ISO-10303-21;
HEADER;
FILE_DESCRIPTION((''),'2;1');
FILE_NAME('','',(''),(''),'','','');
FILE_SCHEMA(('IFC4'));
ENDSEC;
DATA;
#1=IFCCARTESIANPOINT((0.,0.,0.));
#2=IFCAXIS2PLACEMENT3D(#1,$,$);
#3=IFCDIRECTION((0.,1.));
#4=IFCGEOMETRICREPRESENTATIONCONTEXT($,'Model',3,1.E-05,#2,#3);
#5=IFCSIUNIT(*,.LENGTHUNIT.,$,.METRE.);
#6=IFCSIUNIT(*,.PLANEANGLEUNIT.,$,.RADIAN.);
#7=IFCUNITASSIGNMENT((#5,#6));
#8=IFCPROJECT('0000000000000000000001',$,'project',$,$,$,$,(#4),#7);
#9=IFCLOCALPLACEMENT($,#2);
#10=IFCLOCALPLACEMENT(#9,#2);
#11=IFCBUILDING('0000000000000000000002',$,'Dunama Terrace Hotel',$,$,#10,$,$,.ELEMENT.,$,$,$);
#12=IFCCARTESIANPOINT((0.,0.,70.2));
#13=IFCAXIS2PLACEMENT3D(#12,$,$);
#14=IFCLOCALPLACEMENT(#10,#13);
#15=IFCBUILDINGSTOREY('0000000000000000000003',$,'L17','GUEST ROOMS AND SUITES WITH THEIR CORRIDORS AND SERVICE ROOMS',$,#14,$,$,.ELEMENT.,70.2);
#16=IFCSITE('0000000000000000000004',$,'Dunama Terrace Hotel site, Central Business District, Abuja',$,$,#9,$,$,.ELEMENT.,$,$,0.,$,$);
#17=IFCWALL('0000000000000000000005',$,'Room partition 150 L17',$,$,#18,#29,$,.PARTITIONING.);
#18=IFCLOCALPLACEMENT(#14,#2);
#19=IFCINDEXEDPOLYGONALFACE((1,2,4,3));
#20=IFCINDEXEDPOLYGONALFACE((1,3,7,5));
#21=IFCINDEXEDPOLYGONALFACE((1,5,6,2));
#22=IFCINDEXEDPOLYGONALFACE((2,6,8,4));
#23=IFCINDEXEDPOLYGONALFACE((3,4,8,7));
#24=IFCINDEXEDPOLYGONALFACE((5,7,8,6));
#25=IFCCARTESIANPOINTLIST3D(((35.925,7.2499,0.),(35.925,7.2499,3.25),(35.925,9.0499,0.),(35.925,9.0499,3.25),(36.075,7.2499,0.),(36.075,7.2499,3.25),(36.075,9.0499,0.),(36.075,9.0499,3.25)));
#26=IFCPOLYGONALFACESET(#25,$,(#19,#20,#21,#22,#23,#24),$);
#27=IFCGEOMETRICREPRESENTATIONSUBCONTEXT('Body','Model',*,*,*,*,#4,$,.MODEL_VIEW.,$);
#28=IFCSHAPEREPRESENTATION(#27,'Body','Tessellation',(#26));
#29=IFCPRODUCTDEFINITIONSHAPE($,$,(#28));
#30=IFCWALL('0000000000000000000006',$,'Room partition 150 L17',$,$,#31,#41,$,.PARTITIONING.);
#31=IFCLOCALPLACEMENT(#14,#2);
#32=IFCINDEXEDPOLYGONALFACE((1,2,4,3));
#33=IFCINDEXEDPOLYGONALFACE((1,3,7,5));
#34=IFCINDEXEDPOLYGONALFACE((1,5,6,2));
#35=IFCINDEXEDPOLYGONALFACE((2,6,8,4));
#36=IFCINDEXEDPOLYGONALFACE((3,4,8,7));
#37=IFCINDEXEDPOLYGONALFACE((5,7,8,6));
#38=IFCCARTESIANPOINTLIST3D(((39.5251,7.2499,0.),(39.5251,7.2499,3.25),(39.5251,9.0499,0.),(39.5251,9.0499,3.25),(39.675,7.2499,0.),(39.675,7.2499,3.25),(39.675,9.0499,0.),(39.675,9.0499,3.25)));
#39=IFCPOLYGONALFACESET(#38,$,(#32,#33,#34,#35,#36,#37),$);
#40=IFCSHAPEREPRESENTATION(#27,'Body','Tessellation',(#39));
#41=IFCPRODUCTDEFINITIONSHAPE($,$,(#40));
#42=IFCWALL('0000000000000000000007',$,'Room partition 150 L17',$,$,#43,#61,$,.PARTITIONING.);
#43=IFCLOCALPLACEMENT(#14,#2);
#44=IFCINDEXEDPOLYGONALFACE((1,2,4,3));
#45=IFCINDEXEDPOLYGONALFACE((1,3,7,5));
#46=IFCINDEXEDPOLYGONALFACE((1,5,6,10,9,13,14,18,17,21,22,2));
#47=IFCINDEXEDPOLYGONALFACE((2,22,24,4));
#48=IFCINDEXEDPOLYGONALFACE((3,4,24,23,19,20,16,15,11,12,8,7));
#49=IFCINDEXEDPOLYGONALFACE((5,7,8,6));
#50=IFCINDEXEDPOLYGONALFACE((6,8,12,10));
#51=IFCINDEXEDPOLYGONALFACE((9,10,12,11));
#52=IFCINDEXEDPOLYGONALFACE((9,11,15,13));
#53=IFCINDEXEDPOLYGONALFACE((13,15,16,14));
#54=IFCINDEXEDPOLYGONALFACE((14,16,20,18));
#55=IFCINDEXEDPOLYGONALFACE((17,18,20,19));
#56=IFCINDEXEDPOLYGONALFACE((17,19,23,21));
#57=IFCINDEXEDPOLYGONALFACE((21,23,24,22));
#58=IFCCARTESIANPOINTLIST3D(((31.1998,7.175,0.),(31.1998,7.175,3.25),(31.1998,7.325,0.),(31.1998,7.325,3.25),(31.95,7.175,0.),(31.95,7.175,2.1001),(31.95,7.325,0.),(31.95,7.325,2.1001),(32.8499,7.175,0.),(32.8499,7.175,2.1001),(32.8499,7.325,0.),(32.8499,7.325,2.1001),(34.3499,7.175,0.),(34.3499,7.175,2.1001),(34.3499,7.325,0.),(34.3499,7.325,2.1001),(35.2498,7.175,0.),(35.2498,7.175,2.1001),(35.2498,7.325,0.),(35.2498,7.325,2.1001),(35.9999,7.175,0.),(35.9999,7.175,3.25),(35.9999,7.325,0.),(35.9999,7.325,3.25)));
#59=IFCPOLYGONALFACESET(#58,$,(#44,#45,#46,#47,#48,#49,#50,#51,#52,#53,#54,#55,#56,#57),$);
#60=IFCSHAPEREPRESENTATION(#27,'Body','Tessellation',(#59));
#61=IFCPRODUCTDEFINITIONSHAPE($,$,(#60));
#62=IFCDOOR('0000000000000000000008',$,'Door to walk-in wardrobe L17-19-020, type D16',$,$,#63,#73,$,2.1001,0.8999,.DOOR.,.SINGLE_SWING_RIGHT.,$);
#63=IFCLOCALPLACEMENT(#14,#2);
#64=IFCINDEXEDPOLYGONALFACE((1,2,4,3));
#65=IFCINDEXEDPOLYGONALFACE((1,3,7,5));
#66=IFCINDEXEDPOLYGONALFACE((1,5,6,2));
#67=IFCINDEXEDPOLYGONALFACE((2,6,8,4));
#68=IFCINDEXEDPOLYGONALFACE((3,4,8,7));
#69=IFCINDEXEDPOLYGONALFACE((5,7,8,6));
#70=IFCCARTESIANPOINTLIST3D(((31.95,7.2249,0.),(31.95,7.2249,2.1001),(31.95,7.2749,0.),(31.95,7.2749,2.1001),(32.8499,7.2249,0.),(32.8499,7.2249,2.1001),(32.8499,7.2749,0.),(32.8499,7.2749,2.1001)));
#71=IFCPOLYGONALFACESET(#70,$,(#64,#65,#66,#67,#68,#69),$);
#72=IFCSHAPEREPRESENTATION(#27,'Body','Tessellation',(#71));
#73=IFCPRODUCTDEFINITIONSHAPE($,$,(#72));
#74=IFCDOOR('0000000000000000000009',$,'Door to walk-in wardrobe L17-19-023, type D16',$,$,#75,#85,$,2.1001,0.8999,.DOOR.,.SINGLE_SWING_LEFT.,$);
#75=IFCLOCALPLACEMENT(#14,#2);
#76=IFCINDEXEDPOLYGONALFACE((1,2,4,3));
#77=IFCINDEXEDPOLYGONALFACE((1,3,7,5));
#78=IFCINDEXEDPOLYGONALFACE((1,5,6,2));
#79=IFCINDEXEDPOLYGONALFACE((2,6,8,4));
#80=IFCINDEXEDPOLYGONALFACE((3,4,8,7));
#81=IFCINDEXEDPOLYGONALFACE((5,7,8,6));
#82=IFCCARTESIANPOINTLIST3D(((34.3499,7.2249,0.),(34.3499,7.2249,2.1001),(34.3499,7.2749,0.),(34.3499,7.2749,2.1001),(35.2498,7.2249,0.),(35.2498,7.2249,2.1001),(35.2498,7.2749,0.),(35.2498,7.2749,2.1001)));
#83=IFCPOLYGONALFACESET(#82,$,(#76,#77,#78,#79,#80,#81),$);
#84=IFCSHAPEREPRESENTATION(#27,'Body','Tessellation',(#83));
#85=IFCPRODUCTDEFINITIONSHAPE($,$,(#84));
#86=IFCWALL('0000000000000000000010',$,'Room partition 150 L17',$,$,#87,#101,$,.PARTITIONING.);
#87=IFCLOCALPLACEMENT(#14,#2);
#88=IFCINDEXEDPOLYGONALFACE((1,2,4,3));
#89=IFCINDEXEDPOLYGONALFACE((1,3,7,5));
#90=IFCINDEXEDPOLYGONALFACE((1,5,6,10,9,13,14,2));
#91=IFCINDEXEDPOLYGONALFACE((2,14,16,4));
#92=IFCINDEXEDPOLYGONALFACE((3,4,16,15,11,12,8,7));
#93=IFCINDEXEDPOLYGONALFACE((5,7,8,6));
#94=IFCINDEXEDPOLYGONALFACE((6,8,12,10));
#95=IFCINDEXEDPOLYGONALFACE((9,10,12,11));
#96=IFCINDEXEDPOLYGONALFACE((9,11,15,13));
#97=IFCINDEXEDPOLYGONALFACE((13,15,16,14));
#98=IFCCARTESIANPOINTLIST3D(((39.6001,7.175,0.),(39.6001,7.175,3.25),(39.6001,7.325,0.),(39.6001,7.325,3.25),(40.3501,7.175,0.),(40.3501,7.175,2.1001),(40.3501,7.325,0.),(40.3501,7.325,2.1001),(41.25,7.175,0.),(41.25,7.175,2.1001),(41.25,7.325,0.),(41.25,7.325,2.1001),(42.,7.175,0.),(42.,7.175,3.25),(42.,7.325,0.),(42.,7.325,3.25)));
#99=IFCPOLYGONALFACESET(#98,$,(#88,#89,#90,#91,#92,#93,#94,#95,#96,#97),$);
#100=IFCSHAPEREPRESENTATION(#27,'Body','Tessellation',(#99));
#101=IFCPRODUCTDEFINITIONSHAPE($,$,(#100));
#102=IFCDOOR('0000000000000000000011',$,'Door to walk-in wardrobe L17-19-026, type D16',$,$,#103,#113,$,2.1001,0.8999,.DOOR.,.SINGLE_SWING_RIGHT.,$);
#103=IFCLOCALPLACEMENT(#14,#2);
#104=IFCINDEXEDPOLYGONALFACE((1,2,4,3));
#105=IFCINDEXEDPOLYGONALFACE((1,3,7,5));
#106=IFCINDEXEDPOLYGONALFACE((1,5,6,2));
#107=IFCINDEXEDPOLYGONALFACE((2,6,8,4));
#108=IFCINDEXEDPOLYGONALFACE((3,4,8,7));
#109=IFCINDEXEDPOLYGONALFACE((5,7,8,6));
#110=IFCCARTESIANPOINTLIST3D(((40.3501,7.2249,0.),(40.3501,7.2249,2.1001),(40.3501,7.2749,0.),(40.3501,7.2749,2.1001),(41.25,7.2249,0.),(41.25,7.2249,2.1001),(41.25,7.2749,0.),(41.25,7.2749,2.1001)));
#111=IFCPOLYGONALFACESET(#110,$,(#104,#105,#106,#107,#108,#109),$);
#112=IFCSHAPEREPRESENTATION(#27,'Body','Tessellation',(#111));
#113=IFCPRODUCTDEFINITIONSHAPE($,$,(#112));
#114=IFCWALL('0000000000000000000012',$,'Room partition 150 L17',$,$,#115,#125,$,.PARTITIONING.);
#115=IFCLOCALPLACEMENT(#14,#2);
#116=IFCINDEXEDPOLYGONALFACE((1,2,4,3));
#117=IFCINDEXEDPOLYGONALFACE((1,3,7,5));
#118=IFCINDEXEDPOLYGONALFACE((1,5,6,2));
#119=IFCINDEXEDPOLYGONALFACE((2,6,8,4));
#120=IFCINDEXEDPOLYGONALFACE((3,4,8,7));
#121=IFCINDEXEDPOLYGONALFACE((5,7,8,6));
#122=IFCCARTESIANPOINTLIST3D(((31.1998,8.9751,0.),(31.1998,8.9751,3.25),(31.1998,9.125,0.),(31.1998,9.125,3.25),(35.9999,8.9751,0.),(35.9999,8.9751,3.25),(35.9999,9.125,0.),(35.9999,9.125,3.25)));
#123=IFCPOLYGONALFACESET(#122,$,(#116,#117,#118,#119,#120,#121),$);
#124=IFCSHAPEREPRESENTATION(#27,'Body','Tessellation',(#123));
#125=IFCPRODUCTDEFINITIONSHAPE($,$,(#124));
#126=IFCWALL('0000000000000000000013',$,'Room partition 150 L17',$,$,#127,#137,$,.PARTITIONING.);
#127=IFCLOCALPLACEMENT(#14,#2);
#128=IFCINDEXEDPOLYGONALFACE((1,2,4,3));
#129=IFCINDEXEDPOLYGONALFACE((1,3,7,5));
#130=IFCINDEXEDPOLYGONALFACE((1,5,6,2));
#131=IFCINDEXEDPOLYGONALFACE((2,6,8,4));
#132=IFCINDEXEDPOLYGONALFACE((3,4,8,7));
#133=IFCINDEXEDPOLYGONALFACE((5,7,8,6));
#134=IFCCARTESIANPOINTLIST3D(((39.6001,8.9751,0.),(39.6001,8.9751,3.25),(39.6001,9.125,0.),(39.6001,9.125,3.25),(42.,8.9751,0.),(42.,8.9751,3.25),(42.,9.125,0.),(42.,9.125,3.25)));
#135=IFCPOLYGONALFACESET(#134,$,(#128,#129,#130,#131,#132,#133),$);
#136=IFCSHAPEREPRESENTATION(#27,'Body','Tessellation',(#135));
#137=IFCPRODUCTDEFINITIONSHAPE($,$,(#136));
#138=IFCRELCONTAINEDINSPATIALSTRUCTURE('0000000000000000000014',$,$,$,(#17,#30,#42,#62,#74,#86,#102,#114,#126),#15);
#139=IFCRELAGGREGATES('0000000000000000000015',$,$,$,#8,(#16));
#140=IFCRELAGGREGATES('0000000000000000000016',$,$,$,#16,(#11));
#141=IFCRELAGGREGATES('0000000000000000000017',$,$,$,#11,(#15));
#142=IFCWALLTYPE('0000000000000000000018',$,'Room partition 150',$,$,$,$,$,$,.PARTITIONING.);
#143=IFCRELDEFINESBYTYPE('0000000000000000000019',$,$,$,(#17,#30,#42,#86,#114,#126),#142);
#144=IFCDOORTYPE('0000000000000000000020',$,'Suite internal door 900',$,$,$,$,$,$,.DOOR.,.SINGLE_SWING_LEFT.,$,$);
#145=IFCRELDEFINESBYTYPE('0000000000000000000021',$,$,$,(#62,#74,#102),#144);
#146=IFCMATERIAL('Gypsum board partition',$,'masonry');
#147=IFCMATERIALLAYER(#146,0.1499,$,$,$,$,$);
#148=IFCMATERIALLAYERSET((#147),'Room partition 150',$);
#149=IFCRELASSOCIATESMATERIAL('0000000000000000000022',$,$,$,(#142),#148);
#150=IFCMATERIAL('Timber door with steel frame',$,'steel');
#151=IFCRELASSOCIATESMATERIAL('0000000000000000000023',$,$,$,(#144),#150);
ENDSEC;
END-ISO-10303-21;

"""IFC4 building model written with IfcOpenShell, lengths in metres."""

from ifc_helpers import new_model, si_unit, direction, frame, frame_2d, origin, place, context, subcontext, project, spatial, rectangle, extrude, material, layer, layer_set, type_object, element, fill, save


model = new_model("IFC4")

# Units and contexts
model_context = context("Model", 3, precision=1e-05, world=origin(), true_north=direction((0.0, 1.0)))
body_context = subcontext(model_context, "Body", "Model", "MODEL_VIEW")
ifc_project = project(units=[si_unit("LENGTHUNIT", "METRE"), si_unit("PLANEANGLEUNIT", "RADIAN")], contexts=[model_context])

# Site, building, storey
site_placement = place(None, origin())
site = spatial("IfcSite", under=ifc_project, at=site_placement, Name="Dunama Terrace Hotel site, Central Business District, Abuja", CompositionType="ELEMENT", RefElevation=0.0)
building_placement = place(site_placement, origin())
building = spatial("IfcBuilding", under=site, at=building_placement, Name="Dunama Terrace Hotel", CompositionType="ELEMENT")
storey_placement = place(building_placement, frame((0.0, 0.0, 70.2)))
storey = spatial("IfcBuildingStorey", under=building, at=storey_placement, Name="L17", Description="GUEST ROOMS AND SUITES WITH THEIR CORRIDORS AND SERVICE ROOMS", CompositionType="ELEMENT", Elevation=70.2)

# Walls
ifc_material_1 = material(Name="Gypsum board partition", Category="masonry")
ifc_layer_1 = layer(ifc_material_1, 0.1499)
ifc_layer_set_1 = layer_set([ifc_layer_1], Name="Room partition 150")
wall_type_1 = type_object("IfcWallType", Name="Room partition 150", PredefinedType="PARTITIONING", material=ifc_layer_set_1)
for number, where, z_axis, x_axis, name in (
    (1, (36.0, 7.25, 0.0), (0.0, 0.0, 1.0), (0.0, 1.0, 0.0), "Room partition 150 L17"),
    (2, (39.6001, 7.25, 0.0), (0.0, 0.0, 1.0), (0.0, 1.0, 0.0), "Room partition 150 L17"),
):
    element("IfcWall", number, at=place(storey_placement, frame(where, z_axis=z_axis, x_axis=x_axis)), inside=storey, type_object=wall_type_1, Name=name, PredefinedType="PARTITIONING", context=body_context, shape_type="SweptSolid", body=[
        extrude(rectangle(XDim=1.8, YDim=0.1499, at=frame_2d((0.8999, 0.0))), origin(), (0.0, 0.0, 1.0), 3.25),
    ])

# Wall, openings, doors
wall_1_placement = place(storey_placement, frame((31.2, 7.25, 0.0), z_axis=(0.0, 0.0, 1.0), x_axis=(1.0, 0.0, 0.0)))
wall_1 = element("IfcWall", 3, at=wall_1_placement, inside=storey, type_object=wall_type_1, Name="Room partition 150 L17", PredefinedType="PARTITIONING", context=body_context, shape_type="SweptSolid", body=[
    extrude(rectangle(XDim=4.8, YDim=0.1499, at=frame_2d((2.3999, 0.0))), origin(), (0.0, 0.0, 1.0), 3.25),
])
opening_1_placement = place(wall_1_placement, frame((0.75, 0.0, 0.0)))
opening_1 = element("IfcOpeningElement", 4, at=opening_1_placement, cuts=wall_1, PredefinedType="OPENING", context=body_context, shape_type="SweptSolid", body=[
    extrude(rectangle(XDim=0.8999, YDim=2.1001, at=frame_2d((0.45, 1.05))), frame((0.0, 0.085, 0.0), z_axis=(0.0, -1.0, 0.0), x_axis=(1.0, 0.0, 0.0)), (0.0, 0.0, 1.0), 0.1699),
])
opening_2_placement = place(wall_1_placement, frame((3.1499, 0.0, 0.0)))
opening_2 = element("IfcOpeningElement", 5, at=opening_2_placement, cuts=wall_1, PredefinedType="OPENING", context=body_context, shape_type="SweptSolid", body=[
    extrude(rectangle(XDim=0.8999, YDim=2.1001, at=frame_2d((0.45, 1.05))), frame((0.0, 0.085, 0.0), z_axis=(0.0, -1.0, 0.0), x_axis=(1.0, 0.0, 0.0)), (0.0, 0.0, 1.0), 0.1699),
])
ifc_material_2 = material(Name="Timber door with steel frame", Category="steel")
door_type_1 = type_object("IfcDoorType", Name="Suite internal door 900", OperationType="SINGLE_SWING_LEFT", PredefinedType="DOOR", material=ifc_material_2)
door_1_placement = place(opening_1_placement, origin())
door_1 = element("IfcDoor", 6, at=door_1_placement, inside=storey, type_object=door_type_1, Name="Door to walk-in wardrobe L17-19-020, type D16", OperationType="SINGLE_SWING_RIGHT", OverallHeight=2.1001, OverallWidth=0.8999, PredefinedType="DOOR", context=body_context, shape_type="SweptSolid", body=[
    extrude(rectangle(XDim=0.8999, YDim=2.1001, at=frame_2d((0.45, 1.05))), frame((0.0, 0.0249, 0.0), z_axis=(0.0, -1.0, 0.0), x_axis=(1.0, 0.0, 0.0)), (0.0, 0.0, 1.0), 0.05),
])
fill(opening_1, door_1)
door_2_placement = place(opening_2_placement, origin())
door_2 = element("IfcDoor", 7, at=door_2_placement, inside=storey, type_object=door_type_1, Name="Door to walk-in wardrobe L17-19-023, type D16", OperationType="SINGLE_SWING_LEFT", OverallHeight=2.1001, OverallWidth=0.8999, PredefinedType="DOOR", context=body_context, shape_type="SweptSolid", body=[
    extrude(rectangle(XDim=0.8999, YDim=2.1001, at=frame_2d((0.45, 1.05))), frame((0.0, 0.0249, 0.0), z_axis=(0.0, -1.0, 0.0), x_axis=(1.0, 0.0, 0.0)), (0.0, 0.0, 1.0), 0.05),
])
fill(opening_2, door_2)

# Wall, opening, door
wall_2_placement = place(storey_placement, frame((39.6001, 7.25, 0.0), z_axis=(0.0, 0.0, 1.0), x_axis=(1.0, 0.0, 0.0)))
wall_2 = element("IfcWall", 8, at=wall_2_placement, inside=storey, type_object=wall_type_1, Name="Room partition 150 L17", PredefinedType="PARTITIONING", context=body_context, shape_type="SweptSolid", body=[
    extrude(rectangle(XDim=2.3999, YDim=0.1499, at=frame_2d((1.2, 0.0))), origin(), (0.0, 0.0, 1.0), 3.25),
])
opening_3_placement = place(wall_2_placement, frame((0.75, 0.0, 0.0)))
opening_3 = element("IfcOpeningElement", 9, at=opening_3_placement, cuts=wall_2, PredefinedType="OPENING", context=body_context, shape_type="SweptSolid", body=[
    extrude(rectangle(XDim=0.8999, YDim=2.1001, at=frame_2d((0.45, 1.05))), frame((0.0, 0.085, 0.0), z_axis=(0.0, -1.0, 0.0), x_axis=(1.0, 0.0, 0.0)), (0.0, 0.0, 1.0), 0.1699),
])
door_3_placement = place(opening_3_placement, origin())
door_3 = element("IfcDoor", 10, at=door_3_placement, inside=storey, type_object=door_type_1, Name="Door to walk-in wardrobe L17-19-026, type D16", OperationType="SINGLE_SWING_RIGHT", OverallHeight=2.1001, OverallWidth=0.8999, PredefinedType="DOOR", context=body_context, shape_type="SweptSolid", body=[
    extrude(rectangle(XDim=0.8999, YDim=2.1001, at=frame_2d((0.45, 1.05))), frame((0.0, 0.0249, 0.0), z_axis=(0.0, -1.0, 0.0), x_axis=(1.0, 0.0, 0.0)), (0.0, 0.0, 1.0), 0.05),
])
fill(opening_3, door_3)

# Walls
wall_3_placement = place(storey_placement, frame((31.2, 9.05, 0.0), z_axis=(0.0, 0.0, 1.0), x_axis=(1.0, 0.0, 0.0)))
element("IfcWall", 11, at=wall_3_placement, inside=storey, type_object=wall_type_1, Name="Room partition 150 L17", PredefinedType="PARTITIONING", context=body_context, shape_type="SweptSolid", body=[
    extrude(rectangle(XDim=4.8, YDim=0.1499, at=frame_2d((2.3999, 0.0))), origin(), (0.0, 0.0, 1.0), 3.25),
])
wall_4_placement = place(storey_placement, frame((39.6001, 9.05, 0.0), z_axis=(0.0, 0.0, 1.0), x_axis=(1.0, 0.0, 0.0)))
element("IfcWall", 12, at=wall_4_placement, inside=storey, type_object=wall_type_1, Name="Room partition 150 L17", PredefinedType="PARTITIONING", context=body_context, shape_type="SweptSolid", body=[
    extrude(rectangle(XDim=2.3999, YDim=0.1499, at=frame_2d((1.2, 0.0))), origin(), (0.0, 0.0, 1.0), 3.25),
])

save(model, "model.ifc")
